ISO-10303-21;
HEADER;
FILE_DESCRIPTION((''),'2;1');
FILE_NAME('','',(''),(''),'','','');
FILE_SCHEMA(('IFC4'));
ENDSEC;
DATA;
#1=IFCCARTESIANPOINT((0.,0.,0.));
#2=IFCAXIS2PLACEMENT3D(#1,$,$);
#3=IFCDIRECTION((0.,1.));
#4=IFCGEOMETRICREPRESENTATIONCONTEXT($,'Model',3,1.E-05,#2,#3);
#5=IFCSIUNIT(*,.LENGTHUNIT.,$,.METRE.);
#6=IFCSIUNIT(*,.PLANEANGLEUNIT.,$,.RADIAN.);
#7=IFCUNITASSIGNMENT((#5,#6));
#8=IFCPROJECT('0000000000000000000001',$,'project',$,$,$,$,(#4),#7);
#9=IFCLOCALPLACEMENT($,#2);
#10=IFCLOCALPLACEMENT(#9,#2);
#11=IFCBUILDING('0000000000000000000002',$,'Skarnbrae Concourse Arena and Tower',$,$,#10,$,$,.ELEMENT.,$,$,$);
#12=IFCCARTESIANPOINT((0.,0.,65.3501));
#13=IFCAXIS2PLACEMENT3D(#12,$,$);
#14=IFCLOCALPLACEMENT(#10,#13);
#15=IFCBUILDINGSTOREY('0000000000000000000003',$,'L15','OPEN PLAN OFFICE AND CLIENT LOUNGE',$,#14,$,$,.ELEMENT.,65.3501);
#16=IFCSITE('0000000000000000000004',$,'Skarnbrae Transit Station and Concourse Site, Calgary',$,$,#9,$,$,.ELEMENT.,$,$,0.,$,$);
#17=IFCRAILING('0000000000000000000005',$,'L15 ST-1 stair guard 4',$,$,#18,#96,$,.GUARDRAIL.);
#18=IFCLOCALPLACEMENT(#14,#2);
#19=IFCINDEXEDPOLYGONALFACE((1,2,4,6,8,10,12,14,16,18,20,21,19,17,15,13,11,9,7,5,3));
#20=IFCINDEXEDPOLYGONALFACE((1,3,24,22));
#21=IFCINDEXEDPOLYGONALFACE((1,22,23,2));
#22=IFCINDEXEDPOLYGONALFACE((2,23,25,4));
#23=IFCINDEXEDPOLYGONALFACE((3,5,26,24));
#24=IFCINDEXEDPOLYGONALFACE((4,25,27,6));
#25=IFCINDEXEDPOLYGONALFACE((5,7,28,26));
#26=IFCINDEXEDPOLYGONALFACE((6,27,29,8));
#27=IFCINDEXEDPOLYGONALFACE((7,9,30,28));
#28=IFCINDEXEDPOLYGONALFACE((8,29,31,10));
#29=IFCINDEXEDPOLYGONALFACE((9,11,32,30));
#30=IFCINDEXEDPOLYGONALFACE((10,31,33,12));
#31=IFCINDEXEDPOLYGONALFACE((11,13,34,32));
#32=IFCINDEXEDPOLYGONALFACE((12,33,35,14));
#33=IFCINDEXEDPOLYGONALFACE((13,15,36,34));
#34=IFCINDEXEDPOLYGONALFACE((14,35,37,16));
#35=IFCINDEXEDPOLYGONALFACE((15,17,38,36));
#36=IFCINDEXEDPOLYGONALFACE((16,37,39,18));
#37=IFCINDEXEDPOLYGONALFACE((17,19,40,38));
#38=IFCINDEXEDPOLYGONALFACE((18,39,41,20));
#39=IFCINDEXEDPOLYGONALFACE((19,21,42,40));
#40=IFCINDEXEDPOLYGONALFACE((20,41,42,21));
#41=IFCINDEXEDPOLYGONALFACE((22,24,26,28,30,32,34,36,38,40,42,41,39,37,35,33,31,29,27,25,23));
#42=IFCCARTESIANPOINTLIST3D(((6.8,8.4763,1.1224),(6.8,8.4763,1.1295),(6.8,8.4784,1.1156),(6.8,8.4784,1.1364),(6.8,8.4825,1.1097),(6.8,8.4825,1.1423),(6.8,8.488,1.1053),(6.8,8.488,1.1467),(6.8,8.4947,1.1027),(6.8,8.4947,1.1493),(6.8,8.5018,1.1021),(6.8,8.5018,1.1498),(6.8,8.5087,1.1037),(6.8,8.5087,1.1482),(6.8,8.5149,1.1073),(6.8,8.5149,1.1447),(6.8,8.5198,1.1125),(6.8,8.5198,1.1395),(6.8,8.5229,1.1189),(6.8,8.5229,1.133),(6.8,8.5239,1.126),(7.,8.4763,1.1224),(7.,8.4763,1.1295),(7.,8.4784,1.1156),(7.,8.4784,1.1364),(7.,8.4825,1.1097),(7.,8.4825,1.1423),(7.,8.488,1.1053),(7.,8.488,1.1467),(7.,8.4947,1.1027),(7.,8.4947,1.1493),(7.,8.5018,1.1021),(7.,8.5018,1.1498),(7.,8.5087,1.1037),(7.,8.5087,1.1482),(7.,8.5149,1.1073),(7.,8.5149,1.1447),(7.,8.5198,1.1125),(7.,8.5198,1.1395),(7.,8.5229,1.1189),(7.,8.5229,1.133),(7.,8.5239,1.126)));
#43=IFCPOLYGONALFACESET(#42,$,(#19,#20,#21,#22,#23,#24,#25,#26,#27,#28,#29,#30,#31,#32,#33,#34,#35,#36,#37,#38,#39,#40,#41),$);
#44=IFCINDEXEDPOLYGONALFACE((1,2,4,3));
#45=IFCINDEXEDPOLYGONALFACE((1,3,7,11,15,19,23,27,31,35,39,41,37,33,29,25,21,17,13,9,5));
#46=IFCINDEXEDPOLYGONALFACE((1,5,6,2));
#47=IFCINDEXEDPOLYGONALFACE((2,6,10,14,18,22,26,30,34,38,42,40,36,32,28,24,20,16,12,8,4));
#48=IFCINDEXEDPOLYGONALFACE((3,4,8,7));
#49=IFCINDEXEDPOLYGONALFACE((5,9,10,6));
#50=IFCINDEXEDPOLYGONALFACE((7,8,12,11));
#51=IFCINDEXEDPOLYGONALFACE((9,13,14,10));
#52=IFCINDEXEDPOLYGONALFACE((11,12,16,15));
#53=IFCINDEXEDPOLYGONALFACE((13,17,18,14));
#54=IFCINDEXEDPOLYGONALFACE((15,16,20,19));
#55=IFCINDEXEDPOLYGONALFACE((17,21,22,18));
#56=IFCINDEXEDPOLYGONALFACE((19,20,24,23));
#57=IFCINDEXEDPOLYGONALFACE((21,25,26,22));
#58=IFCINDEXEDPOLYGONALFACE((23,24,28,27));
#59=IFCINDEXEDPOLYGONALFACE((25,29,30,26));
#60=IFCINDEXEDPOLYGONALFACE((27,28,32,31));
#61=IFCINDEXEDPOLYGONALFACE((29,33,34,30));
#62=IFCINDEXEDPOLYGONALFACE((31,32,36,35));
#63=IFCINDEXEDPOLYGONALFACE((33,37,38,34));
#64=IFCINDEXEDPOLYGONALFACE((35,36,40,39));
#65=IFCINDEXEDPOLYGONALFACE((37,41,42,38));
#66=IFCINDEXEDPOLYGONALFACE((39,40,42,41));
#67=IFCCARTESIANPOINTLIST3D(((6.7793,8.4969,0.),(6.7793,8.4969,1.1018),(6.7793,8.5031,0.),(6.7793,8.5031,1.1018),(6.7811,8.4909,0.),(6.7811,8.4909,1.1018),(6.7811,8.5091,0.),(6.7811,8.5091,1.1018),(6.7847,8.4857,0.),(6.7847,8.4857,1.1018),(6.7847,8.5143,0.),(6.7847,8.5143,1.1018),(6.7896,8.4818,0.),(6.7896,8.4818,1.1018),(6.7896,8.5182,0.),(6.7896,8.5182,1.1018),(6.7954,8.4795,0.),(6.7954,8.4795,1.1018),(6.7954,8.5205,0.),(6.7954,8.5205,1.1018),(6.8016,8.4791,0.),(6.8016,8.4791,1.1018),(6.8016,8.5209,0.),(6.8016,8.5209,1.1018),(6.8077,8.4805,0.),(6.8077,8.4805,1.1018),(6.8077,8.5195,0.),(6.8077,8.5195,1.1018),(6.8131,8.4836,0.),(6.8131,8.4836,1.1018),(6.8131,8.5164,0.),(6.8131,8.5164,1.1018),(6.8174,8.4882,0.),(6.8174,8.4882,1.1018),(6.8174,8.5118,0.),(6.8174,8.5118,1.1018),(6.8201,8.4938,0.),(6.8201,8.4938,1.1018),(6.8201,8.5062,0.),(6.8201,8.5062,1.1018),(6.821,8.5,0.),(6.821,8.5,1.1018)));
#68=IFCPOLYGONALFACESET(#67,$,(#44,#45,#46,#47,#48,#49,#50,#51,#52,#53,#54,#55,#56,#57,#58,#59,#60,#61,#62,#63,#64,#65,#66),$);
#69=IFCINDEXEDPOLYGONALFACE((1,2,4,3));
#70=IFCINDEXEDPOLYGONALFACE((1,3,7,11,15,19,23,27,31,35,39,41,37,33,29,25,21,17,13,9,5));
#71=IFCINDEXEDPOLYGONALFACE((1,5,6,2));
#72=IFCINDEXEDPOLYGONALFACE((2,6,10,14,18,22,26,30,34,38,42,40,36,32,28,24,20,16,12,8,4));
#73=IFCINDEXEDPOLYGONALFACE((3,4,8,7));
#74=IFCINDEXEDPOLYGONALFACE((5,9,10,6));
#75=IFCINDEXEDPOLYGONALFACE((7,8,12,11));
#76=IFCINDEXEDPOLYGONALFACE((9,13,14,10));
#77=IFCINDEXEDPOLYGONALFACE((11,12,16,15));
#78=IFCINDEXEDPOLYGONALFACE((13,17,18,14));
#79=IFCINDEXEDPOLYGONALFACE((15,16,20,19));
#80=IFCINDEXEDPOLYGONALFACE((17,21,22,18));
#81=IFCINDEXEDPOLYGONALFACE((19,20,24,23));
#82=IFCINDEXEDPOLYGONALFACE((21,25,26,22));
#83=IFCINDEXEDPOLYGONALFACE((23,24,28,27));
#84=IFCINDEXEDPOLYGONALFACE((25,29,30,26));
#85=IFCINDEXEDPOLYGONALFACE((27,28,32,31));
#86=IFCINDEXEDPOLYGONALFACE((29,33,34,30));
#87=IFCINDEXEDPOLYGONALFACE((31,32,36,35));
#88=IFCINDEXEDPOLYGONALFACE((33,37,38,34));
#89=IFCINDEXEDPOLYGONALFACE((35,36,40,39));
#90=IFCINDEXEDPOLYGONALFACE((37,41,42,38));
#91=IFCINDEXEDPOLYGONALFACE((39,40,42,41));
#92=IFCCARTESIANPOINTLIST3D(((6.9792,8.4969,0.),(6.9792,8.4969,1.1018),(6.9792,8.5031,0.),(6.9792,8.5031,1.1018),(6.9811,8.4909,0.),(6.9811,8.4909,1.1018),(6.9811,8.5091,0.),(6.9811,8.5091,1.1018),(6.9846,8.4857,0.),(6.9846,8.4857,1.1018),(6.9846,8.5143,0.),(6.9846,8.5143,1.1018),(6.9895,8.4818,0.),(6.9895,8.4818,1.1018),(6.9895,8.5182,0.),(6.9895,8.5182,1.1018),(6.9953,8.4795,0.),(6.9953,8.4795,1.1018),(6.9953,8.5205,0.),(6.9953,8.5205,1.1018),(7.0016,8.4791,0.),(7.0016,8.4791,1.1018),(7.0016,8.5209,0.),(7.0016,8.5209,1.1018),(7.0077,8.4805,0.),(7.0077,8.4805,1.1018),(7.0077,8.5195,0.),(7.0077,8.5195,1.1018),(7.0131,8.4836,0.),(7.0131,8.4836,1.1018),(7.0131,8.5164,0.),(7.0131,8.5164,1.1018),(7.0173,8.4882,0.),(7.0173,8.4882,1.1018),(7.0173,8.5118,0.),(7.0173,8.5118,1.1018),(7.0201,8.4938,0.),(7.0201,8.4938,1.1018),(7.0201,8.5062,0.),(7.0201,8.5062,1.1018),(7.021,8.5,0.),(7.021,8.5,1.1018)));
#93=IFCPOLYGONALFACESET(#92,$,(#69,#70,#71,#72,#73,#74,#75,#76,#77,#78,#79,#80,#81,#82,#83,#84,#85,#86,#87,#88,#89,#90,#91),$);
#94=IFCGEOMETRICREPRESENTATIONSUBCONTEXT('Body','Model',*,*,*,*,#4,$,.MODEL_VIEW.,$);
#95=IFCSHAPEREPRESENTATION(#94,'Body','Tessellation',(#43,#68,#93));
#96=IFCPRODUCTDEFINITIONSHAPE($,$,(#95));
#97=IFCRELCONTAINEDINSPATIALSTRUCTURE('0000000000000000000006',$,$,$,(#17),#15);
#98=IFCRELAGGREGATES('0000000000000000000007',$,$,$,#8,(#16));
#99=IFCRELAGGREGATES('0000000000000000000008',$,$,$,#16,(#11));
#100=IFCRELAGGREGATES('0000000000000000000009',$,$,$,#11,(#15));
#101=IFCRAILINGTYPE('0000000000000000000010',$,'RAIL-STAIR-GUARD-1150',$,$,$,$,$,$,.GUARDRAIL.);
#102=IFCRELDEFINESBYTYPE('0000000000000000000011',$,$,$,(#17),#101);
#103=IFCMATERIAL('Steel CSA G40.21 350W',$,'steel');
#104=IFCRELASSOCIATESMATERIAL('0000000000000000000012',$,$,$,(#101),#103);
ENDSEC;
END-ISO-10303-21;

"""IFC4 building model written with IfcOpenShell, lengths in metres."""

from ifc_helpers import new_model, si_unit, direction, frame, origin, origin_2d, place, context, subcontext, project, spatial, circle, extrude, material, type_object, element, save


model = new_model("IFC4")

# Units and contexts
model_context = context("Model", 3, precision=1e-05, world=origin(), true_north=direction((0.0, 1.0)))
body_context = subcontext(model_context, "Body", "Model", "MODEL_VIEW")
ifc_project = project(units=[si_unit("LENGTHUNIT", "METRE"), si_unit("PLANEANGLEUNIT", "RADIAN")], contexts=[model_context])

# Site, building, storey
site_placement = place(None, origin())
site = spatial("IfcSite", under=ifc_project, at=site_placement, Name="Skarnbrae Transit Station and Concourse Site, Calgary", CompositionType="ELEMENT", RefElevation=0.0)
building_placement = place(site_placement, origin())
building = spatial("IfcBuilding", under=site, at=building_placement, Name="Skarnbrae Concourse Arena and Tower", CompositionType="ELEMENT")
storey_placement = place(building_placement, frame((0.0, 0.0, 65.3501)))
storey = spatial("IfcBuildingStorey", under=building, at=storey_placement, Name="L15", Description="OPEN PLAN OFFICE AND CLIENT LOUNGE", CompositionType="ELEMENT", Elevation=65.3501)

# Shared definitions
ifc_material_1 = material(Name="Steel CSA G40.21 350W", Category="steel")

# Railing
railing_type_1 = type_object("IfcRailingType", Name="RAIL-STAIR-GUARD-1150", PredefinedType="GUARDRAIL", material=ifc_material_1)
railing_1_placement = place(storey_placement, frame((6.8, 8.5, 0.0)))
element("IfcRailing", 1, at=railing_1_placement, inside=storey, type_object=railing_type_1, Name="L15 ST-1 stair guard 4", PredefinedType="GUARDRAIL", context=body_context, shape_type="SweptSolid", body=[
    extrude(circle(Radius=0.0239, at=origin_2d()), frame((0.0, 0.0, 1.126), z_axis=(1.0, 0.0, 0.0), x_axis=(0.0, 1.0, 0.0)), (0.0, 0.0, 1.0), 0.2),
    extrude(circle(Radius=0.021, at=origin_2d()), origin(), (0.0, 0.0, 1.0), 1.1018),
    extrude(circle(Radius=0.021, at=origin_2d()), frame((0.2, 0.0, 0.0)), (0.0, 0.0, 1.0), 1.1018),
])

save(model, "model.ifc")
